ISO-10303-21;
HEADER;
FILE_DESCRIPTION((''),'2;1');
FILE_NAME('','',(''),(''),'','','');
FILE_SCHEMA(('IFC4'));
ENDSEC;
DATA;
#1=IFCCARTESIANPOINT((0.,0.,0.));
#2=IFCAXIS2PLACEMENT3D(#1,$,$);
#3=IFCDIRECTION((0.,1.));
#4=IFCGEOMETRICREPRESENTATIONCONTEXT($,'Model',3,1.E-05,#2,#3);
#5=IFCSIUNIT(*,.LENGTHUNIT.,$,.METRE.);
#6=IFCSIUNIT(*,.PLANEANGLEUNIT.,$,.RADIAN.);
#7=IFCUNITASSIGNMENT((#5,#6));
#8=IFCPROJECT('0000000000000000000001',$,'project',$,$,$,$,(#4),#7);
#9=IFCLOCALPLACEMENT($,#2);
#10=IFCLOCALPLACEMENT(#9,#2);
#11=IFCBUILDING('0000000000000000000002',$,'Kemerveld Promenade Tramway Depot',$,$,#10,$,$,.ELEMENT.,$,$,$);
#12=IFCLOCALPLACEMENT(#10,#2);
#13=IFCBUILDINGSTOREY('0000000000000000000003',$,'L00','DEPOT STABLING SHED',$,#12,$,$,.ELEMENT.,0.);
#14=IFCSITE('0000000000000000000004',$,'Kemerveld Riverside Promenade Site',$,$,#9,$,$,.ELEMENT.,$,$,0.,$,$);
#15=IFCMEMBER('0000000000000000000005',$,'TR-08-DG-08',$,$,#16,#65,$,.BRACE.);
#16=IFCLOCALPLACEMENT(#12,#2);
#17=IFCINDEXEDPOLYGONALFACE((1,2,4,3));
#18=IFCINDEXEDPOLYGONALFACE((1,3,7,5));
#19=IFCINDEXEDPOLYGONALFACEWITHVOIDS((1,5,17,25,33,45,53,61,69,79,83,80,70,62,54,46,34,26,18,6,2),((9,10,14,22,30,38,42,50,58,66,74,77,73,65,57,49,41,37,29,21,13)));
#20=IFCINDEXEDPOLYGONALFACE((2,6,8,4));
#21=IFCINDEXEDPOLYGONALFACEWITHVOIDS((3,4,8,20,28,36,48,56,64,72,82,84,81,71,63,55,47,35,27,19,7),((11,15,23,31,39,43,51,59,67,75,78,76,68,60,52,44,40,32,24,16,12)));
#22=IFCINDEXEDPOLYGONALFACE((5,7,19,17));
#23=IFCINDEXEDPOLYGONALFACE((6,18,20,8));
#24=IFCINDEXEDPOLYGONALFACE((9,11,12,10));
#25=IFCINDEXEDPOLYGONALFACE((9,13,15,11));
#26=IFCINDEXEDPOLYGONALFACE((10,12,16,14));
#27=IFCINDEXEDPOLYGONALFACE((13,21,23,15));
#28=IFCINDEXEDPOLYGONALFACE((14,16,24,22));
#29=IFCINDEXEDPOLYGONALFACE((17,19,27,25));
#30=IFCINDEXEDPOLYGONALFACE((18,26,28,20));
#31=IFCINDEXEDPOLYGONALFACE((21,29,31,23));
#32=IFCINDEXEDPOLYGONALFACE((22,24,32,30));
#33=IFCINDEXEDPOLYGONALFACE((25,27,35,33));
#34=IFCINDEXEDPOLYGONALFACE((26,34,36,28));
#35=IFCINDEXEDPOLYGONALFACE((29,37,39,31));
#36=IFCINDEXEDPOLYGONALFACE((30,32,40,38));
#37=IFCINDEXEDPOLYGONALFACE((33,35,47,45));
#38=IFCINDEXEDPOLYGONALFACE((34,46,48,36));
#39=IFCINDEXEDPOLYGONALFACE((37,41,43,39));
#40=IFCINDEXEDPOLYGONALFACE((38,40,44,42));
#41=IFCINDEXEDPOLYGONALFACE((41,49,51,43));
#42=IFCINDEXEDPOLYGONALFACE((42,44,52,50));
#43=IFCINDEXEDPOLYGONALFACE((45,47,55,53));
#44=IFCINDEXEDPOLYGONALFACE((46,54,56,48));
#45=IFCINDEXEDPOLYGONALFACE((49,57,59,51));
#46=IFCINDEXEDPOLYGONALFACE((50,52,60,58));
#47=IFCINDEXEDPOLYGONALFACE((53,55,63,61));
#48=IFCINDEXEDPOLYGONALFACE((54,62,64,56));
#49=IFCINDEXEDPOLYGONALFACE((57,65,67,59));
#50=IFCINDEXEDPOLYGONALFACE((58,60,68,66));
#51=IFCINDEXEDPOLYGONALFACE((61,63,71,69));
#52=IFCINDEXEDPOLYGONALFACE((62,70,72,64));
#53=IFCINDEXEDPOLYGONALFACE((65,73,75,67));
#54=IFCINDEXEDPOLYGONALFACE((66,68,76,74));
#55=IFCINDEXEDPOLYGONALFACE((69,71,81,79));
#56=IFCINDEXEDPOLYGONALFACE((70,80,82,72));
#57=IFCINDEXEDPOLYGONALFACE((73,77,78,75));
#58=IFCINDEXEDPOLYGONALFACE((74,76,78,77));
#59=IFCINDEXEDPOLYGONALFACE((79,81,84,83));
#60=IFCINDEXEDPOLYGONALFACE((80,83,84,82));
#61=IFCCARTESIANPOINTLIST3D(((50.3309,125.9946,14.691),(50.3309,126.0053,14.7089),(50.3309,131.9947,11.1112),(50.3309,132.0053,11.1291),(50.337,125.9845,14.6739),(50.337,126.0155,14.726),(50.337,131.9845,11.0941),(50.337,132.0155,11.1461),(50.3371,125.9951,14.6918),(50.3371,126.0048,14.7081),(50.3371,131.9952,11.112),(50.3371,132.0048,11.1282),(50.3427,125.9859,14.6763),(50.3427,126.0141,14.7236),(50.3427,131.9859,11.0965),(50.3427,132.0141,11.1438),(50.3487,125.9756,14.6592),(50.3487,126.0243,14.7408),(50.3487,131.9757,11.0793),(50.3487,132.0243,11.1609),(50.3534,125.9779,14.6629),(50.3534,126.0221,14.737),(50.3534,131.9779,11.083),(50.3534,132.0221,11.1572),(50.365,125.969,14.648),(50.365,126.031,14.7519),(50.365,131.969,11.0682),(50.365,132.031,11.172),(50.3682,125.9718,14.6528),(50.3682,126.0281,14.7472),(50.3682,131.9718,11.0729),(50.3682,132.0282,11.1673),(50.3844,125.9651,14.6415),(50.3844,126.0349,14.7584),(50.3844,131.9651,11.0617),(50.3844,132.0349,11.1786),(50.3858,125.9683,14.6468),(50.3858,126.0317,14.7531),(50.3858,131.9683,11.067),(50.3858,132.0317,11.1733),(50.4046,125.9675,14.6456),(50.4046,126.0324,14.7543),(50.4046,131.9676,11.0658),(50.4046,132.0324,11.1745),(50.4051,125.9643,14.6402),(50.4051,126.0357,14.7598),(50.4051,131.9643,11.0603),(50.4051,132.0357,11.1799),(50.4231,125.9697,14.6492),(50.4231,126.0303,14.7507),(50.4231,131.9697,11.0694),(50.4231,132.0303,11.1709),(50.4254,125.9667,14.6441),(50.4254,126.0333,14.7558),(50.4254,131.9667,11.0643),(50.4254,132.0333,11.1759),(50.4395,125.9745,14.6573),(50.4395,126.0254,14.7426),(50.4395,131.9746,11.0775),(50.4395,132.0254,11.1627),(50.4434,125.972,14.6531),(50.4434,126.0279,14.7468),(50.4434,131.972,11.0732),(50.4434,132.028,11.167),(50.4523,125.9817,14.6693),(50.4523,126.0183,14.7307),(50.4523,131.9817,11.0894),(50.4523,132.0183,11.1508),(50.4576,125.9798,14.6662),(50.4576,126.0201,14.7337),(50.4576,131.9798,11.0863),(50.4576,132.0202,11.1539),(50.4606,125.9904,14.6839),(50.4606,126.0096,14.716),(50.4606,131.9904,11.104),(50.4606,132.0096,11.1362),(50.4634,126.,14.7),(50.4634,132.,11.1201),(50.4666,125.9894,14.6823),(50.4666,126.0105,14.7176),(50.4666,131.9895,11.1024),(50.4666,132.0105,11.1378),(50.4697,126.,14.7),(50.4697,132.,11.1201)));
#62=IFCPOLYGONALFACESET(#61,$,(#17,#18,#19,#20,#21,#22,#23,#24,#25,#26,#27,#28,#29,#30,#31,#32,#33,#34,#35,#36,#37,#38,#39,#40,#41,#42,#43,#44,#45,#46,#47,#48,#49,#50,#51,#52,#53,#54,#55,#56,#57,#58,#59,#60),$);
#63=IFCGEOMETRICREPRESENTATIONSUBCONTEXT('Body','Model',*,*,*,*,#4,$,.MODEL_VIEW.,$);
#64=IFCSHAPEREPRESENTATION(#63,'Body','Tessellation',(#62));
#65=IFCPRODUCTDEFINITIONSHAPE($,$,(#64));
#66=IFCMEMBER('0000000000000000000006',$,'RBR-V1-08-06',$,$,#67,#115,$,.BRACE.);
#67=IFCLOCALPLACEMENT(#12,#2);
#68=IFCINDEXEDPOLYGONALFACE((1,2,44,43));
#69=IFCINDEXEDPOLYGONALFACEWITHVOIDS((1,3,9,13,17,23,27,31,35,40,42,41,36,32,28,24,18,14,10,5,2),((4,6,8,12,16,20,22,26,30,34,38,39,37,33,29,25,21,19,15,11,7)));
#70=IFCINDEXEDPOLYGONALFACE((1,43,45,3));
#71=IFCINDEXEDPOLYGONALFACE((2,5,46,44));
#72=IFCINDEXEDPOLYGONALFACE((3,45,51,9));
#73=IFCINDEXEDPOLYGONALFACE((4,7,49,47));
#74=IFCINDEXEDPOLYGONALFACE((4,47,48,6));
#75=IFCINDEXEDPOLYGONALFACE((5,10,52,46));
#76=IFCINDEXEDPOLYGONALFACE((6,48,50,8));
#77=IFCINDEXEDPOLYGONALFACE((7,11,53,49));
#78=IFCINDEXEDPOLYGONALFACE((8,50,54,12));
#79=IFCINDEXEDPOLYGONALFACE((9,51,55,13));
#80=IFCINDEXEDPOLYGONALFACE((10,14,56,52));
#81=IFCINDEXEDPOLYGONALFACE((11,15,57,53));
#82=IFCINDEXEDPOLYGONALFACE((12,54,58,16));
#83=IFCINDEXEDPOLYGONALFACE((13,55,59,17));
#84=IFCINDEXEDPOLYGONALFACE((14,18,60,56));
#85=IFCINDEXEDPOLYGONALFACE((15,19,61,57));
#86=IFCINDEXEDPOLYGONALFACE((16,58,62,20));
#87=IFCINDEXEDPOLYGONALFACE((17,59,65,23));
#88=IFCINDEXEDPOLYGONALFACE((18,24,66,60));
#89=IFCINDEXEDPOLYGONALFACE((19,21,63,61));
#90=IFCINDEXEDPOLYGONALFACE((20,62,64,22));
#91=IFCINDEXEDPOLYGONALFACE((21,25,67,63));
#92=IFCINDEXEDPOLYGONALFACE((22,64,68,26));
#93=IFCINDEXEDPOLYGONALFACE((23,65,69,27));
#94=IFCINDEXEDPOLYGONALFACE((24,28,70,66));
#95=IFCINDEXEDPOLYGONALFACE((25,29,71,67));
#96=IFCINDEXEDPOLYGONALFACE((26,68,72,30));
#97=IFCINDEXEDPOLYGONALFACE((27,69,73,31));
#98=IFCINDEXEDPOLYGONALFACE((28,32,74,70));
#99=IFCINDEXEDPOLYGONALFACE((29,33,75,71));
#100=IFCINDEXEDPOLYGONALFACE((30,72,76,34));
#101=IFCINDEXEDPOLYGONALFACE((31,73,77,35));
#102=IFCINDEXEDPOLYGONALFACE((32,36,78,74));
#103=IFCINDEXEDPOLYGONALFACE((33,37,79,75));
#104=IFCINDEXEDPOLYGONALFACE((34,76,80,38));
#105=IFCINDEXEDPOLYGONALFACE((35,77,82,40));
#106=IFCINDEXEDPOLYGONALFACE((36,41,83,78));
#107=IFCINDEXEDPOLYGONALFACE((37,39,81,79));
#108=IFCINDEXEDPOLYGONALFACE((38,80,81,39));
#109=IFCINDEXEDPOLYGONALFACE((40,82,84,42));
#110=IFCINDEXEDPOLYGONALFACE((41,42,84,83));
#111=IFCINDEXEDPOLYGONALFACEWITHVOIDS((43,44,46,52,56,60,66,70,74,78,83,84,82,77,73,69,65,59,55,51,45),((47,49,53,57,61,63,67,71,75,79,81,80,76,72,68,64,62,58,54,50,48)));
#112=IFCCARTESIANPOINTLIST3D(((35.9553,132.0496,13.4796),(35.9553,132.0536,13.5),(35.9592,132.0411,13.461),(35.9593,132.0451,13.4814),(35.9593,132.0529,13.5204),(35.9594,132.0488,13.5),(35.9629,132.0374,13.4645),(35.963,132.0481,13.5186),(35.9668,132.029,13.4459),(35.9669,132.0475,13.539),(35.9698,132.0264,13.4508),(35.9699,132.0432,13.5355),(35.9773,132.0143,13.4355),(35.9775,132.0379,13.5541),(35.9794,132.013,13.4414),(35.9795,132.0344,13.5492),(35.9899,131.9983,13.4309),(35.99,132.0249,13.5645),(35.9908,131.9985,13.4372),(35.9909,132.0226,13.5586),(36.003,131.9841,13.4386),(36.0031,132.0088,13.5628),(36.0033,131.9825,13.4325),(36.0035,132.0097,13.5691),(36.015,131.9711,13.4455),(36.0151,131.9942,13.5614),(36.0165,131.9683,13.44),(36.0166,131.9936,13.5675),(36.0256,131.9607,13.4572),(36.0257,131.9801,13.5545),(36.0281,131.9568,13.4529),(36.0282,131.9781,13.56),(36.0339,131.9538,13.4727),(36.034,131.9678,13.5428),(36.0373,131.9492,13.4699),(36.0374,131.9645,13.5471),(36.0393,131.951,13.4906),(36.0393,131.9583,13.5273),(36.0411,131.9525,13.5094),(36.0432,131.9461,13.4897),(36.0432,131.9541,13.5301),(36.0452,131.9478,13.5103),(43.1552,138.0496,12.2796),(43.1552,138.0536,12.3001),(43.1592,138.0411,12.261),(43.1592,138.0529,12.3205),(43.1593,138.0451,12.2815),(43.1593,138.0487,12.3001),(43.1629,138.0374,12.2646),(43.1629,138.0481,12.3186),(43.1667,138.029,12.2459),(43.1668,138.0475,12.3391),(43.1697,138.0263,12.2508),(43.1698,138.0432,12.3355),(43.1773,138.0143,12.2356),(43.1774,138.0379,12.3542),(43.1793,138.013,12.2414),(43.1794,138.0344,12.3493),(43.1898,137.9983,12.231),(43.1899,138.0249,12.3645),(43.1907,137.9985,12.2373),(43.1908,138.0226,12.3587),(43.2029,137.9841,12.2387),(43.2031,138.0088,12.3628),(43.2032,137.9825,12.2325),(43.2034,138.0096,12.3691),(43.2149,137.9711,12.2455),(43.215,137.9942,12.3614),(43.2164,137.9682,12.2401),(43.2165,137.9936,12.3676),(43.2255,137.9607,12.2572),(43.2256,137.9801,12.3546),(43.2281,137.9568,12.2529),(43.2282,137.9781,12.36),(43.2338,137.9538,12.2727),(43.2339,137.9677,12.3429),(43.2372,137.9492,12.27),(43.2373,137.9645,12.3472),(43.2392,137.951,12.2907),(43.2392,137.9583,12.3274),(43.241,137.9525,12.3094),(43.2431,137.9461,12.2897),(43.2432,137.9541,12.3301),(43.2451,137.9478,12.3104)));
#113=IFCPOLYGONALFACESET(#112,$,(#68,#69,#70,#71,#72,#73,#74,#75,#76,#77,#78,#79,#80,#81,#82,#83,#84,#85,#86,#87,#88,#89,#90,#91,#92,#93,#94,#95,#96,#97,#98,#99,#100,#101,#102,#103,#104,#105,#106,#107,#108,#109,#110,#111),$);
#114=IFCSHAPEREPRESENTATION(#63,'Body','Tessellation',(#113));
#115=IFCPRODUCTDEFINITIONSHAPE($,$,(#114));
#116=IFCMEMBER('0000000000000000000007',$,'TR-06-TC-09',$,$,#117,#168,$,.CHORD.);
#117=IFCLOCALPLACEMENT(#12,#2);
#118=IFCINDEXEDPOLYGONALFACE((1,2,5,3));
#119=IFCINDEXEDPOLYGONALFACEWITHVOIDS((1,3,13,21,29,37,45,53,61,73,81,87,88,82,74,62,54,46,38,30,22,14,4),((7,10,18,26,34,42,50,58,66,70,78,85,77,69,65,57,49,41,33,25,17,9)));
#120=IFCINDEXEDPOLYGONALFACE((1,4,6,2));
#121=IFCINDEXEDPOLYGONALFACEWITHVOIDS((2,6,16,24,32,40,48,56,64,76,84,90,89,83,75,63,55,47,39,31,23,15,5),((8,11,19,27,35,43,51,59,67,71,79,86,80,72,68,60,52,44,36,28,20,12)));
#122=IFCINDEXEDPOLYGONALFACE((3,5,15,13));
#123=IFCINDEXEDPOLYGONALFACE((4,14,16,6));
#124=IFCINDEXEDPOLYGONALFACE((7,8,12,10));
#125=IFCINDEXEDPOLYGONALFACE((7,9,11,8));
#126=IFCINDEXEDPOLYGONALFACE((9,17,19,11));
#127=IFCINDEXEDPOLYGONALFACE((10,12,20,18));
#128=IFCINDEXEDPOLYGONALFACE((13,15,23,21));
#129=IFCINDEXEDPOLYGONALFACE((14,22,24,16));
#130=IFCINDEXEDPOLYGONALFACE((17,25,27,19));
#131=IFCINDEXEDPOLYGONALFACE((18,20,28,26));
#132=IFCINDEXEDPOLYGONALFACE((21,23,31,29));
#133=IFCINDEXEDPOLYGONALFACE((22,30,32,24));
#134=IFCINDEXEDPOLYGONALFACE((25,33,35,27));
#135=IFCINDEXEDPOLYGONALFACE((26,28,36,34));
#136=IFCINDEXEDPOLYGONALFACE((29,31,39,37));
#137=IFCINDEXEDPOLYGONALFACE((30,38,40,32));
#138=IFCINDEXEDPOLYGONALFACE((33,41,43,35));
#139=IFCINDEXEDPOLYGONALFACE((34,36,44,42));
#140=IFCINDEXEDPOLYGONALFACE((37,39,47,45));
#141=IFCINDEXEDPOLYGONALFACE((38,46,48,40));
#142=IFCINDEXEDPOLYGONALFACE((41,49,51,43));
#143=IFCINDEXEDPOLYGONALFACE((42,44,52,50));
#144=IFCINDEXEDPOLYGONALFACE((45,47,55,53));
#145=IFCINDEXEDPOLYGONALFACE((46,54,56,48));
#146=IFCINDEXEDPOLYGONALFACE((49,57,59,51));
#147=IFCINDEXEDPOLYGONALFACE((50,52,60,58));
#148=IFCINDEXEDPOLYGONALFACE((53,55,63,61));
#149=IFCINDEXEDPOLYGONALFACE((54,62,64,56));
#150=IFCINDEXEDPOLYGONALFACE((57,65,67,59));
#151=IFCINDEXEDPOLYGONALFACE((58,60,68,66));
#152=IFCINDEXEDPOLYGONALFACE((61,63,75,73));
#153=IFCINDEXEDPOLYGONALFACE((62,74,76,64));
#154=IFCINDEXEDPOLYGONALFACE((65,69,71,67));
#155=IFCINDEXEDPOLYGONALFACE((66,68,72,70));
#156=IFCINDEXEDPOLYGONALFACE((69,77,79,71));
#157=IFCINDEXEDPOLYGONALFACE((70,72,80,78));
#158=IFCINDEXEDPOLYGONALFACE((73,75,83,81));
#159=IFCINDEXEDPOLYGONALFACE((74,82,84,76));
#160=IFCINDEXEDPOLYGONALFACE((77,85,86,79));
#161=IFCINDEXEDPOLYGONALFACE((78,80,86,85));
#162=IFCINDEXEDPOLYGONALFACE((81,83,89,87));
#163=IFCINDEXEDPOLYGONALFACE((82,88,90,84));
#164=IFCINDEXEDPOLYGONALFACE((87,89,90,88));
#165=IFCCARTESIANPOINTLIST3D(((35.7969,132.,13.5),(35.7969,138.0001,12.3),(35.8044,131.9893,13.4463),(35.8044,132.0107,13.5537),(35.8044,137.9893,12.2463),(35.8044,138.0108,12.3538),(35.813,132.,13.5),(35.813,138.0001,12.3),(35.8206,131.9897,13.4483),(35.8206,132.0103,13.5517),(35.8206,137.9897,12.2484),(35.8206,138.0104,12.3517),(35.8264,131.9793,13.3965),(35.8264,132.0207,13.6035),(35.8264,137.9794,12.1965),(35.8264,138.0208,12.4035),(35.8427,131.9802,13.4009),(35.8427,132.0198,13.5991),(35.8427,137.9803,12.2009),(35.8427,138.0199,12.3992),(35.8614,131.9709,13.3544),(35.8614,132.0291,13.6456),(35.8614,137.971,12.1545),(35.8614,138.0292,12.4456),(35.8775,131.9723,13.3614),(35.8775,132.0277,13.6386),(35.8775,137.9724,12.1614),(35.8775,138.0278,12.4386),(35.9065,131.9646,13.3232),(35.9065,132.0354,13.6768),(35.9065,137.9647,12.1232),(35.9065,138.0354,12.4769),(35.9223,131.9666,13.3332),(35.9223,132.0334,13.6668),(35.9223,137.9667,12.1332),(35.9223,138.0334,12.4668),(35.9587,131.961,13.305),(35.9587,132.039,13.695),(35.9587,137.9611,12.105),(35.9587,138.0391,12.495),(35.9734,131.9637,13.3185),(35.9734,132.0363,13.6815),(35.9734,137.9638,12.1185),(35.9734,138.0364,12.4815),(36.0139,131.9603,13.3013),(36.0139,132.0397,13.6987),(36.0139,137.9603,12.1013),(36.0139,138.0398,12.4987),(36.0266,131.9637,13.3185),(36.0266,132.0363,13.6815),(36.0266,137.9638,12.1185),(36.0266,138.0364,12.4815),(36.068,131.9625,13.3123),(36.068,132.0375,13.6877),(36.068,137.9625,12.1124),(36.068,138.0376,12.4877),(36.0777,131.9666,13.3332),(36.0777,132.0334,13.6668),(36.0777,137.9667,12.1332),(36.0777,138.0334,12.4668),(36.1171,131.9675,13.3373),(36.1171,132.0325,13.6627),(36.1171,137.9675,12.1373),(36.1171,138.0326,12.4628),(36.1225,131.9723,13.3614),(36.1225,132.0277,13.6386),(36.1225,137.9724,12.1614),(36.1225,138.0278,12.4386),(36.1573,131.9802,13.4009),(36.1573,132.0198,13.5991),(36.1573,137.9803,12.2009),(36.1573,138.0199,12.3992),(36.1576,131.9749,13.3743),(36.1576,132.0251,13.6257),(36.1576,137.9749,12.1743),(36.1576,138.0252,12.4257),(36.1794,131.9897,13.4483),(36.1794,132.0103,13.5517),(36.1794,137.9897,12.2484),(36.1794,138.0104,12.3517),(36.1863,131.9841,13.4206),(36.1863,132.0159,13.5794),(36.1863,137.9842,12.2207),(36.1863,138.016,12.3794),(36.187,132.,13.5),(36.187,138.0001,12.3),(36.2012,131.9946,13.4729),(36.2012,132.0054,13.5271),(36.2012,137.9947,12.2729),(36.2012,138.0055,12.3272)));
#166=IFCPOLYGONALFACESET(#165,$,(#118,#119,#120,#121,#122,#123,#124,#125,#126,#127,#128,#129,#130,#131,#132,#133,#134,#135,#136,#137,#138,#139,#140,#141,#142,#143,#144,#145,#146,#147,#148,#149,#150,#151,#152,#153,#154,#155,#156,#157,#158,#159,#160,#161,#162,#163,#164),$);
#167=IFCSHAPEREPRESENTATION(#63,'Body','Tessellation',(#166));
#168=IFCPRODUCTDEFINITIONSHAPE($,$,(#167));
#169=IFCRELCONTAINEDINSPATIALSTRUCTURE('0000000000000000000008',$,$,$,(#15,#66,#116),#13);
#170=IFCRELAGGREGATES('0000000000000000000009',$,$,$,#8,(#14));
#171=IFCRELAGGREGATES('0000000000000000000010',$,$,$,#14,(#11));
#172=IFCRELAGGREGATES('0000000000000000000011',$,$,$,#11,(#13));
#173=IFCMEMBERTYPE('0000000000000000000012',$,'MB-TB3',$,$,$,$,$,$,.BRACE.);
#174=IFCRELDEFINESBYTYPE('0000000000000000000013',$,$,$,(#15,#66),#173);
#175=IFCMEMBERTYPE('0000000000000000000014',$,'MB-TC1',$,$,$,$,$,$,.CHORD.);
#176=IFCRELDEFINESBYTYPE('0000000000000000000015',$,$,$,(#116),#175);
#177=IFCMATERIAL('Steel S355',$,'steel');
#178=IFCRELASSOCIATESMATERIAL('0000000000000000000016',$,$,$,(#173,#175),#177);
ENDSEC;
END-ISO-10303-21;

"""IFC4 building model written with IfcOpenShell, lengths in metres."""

from ifc_helpers import new_model, si_unit, direction, frame, origin, origin_2d, place, context, subcontext, project, spatial, hollow_circle, extrude, material, material_profile, profile_set, type_object, element, save


model = new_model("IFC4")

# Units and contexts
model_context = context("Model", 3, precision=1e-05, world=origin(), true_north=direction((0.0, 1.0)))
body_context = subcontext(model_context, "Body", "Model", "MODEL_VIEW")
ifc_project = project(units=[si_unit("LENGTHUNIT", "METRE"), si_unit("PLANEANGLEUNIT", "RADIAN")], contexts=[model_context])

# Site, building, storey
site_placement = place(None, origin())
site = spatial("IfcSite", under=ifc_project, at=site_placement, Name="Kemerveld Riverside Promenade Site", CompositionType="ELEMENT", RefElevation=0.0)
building_placement = place(site_placement, origin())
building = spatial("IfcBuilding", under=site, at=building_placement, Name="Kemerveld Promenade Tramway Depot", CompositionType="ELEMENT")
storey_placement = place(building_placement, origin())
storey = spatial("IfcBuildingStorey", under=building, at=storey_placement, Name="L00", Description="DEPOT STABLING SHED", CompositionType="ELEMENT", Elevation=0.0)

# Shared definitions
ifc_material_1 = material(Name="Steel S355", Category="steel")

# Members
ifc_material_profile_1 = material_profile(ifc_material_1, hollow_circle(Radius=0.0698, WallThickness=0.0063, at=origin_2d()), Name="139.7x6.3 CHS")
ifc_profile_set_1 = profile_set([ifc_material_profile_1], Name="Steel S355")
member_type_1 = type_object("IfcMemberType", Name="MB-TB3", PredefinedType="BRACE", material=ifc_profile_set_1)
member_1_placement = place(storey_placement, frame((50.3999, 132.0, 11.1201), z_axis=(0.0, -0.858764, 0.512372), x_axis=(1.0, 0.0, 0.0)))
element("IfcMember", 1, at=member_1_placement, inside=storey, type_object=member_type_1, Name="TR-08-DG-08", PredefinedType="BRACE", context=body_context, shape_type="SweptSolid", body=[
    extrude(hollow_circle(Radius=0.0698, WallThickness=0.0063, at=origin_2d()), origin(), (0.0, 0.0, 1.0), 6.9868),
])
member_2_placement = place(storey_placement, frame((36.0, 132.0, 13.5), z_axis=(0.761999, 0.635004, -0.126996), x_axis=(-0.640187, 0.768219, 0.0)))
element("IfcMember", 2, at=member_2_placement, inside=storey, type_object=member_type_1, Name="RBR-V1-08-06", PredefinedType="BRACE", context=body_context, shape_type="SweptSolid", body=[
    extrude(hollow_circle(Radius=0.0698, WallThickness=0.0063, at=origin_2d()), origin(), (0.0, 0.0, 1.0), 9.4487),
])
ifc_material_profile_2 = material_profile(ifc_material_1, hollow_circle(Radius=0.2031, WallThickness=0.0161, at=origin_2d()), Name="406.4x16.0 CHS")
ifc_profile_set_2 = profile_set([ifc_material_profile_2], Name="Steel S355")
member_type_2 = type_object("IfcMemberType", Name="MB-TC1", PredefinedType="CHORD", material=ifc_profile_set_2)
member_3_placement = place(storey_placement, frame((36.0, 132.0, 13.5), z_axis=(0.0, 0.980582, -0.196108), x_axis=(-1.0, 0.0, 0.0)))
element("IfcMember", 3, at=member_3_placement, inside=storey, type_object=member_type_2, Name="TR-06-TC-09", PredefinedType="CHORD", context=body_context, shape_type="SweptSolid", body=[
    extrude(hollow_circle(Radius=0.2031, WallThickness=0.0161, at=origin_2d()), origin(), (0.0, 0.0, 1.0), 6.1189),
])

save(model, "model.ifc")
